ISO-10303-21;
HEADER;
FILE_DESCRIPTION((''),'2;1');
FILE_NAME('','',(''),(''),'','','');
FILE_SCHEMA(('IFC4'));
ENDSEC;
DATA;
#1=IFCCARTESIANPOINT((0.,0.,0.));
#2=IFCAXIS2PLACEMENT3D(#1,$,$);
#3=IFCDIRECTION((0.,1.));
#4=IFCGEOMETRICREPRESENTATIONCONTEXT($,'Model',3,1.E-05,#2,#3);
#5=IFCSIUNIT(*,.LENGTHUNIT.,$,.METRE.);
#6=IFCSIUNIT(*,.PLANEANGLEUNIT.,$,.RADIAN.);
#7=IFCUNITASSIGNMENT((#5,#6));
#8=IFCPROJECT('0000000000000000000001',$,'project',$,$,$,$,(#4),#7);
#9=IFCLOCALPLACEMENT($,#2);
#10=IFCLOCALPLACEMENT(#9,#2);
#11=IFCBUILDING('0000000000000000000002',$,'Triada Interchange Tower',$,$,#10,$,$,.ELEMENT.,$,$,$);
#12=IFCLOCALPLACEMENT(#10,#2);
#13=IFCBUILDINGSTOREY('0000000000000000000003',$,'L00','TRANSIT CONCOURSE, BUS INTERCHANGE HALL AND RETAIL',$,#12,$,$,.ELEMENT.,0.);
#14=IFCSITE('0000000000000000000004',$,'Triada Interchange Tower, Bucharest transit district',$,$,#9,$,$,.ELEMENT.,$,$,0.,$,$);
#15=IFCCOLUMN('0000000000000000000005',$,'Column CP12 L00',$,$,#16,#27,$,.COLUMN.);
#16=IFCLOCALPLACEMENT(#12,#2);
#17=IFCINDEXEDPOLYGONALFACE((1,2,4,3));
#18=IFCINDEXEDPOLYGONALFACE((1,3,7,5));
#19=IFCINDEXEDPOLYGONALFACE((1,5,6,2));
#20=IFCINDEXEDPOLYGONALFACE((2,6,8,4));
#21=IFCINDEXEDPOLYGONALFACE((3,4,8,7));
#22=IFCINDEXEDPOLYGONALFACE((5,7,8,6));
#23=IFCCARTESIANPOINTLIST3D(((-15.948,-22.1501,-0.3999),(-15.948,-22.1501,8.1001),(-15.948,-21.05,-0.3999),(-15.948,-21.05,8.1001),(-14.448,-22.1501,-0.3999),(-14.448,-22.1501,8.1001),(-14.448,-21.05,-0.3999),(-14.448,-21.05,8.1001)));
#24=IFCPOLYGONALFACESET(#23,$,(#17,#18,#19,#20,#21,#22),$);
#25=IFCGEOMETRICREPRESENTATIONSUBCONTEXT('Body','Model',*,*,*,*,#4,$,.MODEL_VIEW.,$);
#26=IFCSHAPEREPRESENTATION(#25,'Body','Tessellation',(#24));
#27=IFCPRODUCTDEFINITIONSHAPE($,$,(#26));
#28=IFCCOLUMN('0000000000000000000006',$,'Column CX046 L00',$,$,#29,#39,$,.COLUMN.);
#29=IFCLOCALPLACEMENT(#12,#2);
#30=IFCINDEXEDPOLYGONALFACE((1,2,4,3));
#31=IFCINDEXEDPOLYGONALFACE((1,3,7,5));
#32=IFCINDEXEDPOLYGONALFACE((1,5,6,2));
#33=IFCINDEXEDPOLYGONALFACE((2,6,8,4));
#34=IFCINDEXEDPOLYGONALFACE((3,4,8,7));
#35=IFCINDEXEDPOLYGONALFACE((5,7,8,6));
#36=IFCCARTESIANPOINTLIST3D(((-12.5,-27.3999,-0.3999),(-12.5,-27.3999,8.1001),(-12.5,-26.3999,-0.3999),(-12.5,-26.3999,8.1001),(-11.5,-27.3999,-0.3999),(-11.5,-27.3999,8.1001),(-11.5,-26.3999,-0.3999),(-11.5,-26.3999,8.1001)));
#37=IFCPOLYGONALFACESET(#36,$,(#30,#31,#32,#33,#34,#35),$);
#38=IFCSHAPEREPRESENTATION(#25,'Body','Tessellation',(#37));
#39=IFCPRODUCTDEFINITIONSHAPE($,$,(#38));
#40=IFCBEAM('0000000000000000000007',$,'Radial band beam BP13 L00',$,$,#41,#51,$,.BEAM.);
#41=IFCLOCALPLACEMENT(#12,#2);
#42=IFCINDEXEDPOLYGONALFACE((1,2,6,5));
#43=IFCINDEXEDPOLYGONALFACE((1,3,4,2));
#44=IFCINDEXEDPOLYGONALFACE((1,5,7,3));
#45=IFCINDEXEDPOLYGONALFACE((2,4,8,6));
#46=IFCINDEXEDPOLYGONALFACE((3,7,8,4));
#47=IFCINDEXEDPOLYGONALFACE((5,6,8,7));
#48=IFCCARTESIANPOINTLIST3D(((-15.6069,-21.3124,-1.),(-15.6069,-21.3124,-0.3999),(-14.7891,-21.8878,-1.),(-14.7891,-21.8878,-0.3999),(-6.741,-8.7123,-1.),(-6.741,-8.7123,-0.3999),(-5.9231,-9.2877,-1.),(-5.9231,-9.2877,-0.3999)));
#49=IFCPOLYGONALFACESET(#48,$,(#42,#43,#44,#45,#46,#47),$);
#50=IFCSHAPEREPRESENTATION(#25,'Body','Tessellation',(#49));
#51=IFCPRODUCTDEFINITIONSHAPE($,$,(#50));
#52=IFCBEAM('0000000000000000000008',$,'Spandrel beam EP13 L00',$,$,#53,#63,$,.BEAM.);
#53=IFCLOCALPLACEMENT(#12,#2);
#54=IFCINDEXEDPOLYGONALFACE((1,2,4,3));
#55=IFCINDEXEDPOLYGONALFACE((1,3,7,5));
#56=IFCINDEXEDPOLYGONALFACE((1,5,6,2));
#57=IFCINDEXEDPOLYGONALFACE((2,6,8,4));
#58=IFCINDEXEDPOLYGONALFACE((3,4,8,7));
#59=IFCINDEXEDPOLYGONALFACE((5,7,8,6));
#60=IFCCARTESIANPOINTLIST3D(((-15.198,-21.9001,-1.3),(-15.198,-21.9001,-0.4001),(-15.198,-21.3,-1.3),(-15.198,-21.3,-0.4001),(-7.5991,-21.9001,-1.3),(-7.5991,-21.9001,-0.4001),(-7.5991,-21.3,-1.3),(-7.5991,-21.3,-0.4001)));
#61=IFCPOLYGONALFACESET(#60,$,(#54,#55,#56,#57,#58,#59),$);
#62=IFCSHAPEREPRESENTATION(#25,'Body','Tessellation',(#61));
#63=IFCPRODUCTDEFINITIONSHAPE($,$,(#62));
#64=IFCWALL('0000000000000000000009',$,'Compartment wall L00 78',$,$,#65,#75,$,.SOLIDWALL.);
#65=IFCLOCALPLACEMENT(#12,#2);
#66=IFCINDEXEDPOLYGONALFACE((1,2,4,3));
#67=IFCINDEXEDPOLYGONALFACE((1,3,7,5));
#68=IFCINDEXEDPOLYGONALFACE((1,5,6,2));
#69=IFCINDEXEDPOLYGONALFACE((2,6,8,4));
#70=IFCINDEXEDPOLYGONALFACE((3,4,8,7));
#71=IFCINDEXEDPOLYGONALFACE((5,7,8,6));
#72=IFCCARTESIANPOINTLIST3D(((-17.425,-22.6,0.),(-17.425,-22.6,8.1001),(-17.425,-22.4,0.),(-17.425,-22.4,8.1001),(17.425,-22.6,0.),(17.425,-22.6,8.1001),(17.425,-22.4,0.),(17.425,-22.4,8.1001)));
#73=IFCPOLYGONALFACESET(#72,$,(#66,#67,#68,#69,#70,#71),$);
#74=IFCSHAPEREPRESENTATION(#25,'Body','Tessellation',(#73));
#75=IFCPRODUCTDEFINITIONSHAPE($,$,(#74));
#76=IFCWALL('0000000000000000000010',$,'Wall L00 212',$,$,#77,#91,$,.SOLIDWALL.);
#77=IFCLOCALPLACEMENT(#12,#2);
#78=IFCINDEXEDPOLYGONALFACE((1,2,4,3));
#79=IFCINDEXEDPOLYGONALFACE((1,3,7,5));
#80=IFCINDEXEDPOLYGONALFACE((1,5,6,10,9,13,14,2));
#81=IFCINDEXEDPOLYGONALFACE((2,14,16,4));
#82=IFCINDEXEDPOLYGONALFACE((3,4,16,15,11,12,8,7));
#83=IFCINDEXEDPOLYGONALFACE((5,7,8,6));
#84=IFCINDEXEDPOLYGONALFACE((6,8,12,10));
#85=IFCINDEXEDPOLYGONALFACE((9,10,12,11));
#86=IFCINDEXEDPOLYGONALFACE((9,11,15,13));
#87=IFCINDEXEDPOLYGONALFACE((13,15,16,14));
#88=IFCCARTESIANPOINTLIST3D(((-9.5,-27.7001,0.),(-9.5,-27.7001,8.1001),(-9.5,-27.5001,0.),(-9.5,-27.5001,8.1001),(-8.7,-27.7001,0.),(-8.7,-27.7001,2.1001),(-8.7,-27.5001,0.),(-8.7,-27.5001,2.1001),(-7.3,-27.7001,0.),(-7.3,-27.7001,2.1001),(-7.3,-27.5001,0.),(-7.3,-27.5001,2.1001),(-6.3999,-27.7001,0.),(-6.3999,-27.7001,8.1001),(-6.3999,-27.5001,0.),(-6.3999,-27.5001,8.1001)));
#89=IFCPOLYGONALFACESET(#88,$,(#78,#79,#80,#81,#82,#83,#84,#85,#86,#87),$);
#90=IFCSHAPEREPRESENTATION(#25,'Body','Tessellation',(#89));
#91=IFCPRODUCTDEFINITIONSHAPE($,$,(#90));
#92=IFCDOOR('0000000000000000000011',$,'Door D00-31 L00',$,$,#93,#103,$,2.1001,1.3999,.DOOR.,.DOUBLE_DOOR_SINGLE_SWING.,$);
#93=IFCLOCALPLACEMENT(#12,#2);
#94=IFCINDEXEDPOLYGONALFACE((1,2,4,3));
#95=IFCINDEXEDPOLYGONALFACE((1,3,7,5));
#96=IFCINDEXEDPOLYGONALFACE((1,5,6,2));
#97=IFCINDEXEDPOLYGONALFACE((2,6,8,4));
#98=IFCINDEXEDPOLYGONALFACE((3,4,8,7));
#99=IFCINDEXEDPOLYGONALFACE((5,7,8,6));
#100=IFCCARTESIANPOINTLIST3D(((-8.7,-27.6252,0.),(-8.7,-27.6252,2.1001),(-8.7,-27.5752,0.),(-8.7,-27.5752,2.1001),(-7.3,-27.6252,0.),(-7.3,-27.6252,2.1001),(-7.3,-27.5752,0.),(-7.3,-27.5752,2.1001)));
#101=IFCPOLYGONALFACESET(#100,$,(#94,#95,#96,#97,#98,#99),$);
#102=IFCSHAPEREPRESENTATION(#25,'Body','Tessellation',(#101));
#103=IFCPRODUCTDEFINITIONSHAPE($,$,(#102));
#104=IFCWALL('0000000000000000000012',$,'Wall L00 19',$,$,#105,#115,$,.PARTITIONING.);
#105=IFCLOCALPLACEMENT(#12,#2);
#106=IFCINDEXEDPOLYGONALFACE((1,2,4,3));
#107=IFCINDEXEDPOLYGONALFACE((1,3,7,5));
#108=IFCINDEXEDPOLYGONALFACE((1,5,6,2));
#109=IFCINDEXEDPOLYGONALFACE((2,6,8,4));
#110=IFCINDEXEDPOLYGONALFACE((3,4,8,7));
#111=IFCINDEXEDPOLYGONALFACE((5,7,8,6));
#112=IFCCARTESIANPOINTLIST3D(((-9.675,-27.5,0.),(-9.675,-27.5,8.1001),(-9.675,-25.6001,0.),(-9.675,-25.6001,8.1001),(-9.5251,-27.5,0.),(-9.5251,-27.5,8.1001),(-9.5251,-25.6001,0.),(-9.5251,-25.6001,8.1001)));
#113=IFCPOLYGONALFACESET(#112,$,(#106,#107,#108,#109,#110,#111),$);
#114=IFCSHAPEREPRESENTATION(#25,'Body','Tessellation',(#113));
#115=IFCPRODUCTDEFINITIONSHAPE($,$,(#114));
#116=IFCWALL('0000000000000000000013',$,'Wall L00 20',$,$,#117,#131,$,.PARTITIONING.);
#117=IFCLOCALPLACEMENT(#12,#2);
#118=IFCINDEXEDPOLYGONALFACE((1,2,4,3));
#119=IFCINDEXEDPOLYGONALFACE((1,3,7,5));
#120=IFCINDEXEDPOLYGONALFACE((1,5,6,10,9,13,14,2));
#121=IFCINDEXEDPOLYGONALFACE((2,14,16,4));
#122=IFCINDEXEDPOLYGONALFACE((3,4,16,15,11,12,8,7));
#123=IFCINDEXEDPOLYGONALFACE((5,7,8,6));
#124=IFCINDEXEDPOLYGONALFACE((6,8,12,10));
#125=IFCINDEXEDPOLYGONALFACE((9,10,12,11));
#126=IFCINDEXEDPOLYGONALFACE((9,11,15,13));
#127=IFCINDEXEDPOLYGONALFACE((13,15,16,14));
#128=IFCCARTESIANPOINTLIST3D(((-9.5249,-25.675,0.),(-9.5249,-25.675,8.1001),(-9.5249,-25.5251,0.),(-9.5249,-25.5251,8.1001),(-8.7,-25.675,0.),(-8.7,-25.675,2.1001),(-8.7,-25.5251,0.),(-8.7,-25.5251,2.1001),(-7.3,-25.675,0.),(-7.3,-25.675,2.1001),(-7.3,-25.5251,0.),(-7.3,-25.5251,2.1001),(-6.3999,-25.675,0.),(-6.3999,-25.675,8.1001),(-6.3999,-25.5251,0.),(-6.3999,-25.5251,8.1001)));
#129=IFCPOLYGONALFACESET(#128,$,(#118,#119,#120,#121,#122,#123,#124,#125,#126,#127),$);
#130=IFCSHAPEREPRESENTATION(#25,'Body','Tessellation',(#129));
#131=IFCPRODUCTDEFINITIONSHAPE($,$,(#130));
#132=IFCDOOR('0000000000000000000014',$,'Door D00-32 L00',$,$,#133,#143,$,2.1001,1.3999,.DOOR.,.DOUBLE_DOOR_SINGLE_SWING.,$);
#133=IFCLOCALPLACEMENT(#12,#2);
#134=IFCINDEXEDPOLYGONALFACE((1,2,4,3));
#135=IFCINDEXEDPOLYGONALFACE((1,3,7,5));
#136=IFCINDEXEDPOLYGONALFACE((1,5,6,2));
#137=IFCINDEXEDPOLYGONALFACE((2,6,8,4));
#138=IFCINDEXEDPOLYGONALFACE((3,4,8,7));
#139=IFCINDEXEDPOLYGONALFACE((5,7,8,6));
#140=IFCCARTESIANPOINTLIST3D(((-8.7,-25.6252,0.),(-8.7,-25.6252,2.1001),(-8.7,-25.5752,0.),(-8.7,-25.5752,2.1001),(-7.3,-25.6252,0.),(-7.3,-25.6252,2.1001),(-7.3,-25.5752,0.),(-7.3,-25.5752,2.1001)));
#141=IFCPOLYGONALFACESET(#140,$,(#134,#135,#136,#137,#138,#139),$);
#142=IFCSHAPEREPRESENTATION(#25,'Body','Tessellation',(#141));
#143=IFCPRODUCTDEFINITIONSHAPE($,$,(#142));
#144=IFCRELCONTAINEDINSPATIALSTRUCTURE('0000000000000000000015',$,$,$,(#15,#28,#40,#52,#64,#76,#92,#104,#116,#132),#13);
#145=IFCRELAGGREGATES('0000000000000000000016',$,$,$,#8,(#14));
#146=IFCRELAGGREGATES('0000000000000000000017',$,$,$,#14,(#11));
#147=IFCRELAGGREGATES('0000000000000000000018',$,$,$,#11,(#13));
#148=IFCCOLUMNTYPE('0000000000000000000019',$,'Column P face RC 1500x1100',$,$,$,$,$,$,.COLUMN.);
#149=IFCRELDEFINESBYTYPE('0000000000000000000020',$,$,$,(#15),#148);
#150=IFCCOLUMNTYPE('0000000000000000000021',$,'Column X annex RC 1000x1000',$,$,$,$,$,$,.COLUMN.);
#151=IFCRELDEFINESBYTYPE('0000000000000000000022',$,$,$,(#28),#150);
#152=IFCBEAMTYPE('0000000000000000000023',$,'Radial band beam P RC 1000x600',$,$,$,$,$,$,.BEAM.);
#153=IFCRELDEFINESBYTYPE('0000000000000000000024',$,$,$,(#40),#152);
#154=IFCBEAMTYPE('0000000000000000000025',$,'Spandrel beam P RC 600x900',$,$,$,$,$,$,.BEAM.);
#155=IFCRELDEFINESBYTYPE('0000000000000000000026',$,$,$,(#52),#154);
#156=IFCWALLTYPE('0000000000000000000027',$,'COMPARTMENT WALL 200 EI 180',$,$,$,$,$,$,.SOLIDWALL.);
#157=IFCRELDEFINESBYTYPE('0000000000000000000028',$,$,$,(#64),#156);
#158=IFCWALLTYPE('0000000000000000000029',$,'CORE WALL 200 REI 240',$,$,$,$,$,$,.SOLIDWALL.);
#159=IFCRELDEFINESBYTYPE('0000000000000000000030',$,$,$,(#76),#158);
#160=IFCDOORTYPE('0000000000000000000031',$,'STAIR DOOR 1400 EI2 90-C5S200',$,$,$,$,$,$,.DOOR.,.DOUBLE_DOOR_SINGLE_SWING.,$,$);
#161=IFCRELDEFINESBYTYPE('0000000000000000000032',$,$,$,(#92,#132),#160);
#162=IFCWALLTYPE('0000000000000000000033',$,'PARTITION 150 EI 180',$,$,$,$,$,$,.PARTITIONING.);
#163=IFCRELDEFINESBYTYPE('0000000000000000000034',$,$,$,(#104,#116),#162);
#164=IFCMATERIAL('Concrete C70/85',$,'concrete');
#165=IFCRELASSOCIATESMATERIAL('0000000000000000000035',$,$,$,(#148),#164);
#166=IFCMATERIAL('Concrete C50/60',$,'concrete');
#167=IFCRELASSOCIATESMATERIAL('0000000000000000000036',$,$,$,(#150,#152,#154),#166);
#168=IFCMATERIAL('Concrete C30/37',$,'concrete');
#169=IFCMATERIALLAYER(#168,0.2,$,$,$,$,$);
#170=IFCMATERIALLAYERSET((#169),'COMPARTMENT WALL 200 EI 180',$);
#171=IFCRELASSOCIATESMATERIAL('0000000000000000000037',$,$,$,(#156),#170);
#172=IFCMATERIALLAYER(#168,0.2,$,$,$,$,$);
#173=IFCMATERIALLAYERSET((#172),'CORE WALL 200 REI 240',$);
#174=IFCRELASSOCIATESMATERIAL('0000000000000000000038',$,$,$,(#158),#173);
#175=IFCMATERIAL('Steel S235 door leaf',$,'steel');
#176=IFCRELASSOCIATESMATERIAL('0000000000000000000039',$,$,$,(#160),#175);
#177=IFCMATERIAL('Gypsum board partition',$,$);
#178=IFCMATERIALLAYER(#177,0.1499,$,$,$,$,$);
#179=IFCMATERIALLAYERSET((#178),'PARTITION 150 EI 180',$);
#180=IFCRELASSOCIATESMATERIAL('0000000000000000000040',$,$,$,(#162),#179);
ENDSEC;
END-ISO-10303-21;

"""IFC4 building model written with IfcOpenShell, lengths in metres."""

from ifc_helpers import new_model, si_unit, direction, frame, frame_2d, origin, origin_2d, place, context, subcontext, project, spatial, rectangle, extrude, material, layer, layer_set, material_profile, profile_set, type_object, element, fill, save


model = new_model("IFC4")

# Units and contexts
model_context = context("Model", 3, precision=1e-05, world=origin(), true_north=direction((0.0, 1.0)))
body_context = subcontext(model_context, "Body", "Model", "MODEL_VIEW")
ifc_project = project(units=[si_unit("LENGTHUNIT", "METRE"), si_unit("PLANEANGLEUNIT", "RADIAN")], contexts=[model_context])

# Site, building, storey
site_placement = place(None, origin())
site = spatial("IfcSite", under=ifc_project, at=site_placement, Name="Triada Interchange Tower, Bucharest transit district", CompositionType="ELEMENT", RefElevation=0.0)
building_placement = place(site_placement, origin())
building = spatial("IfcBuilding", under=site, at=building_placement, Name="Triada Interchange Tower", CompositionType="ELEMENT")
storey_placement = place(building_placement, origin())
storey = spatial("IfcBuildingStorey", under=building, at=storey_placement, Name="L00", Description="TRANSIT CONCOURSE, BUS INTERCHANGE HALL AND RETAIL", CompositionType="ELEMENT", Elevation=0.0)

# Columns
ifc_material_1 = material(Name="Concrete C70/85", Category="concrete")
ifc_material_profile_1 = material_profile(ifc_material_1, rectangle(XDim=1.5, YDim=1.1001, at=origin_2d()), Name="RC 1500x1100")
ifc_profile_set_1 = profile_set([ifc_material_profile_1], Name="Concrete C70/85")
column_type_1 = type_object("IfcColumnType", Name="Column P face RC 1500x1100", PredefinedType="COLUMN", material=ifc_profile_set_1)
column_1_placement = place(storey_placement, frame((-15.198, -21.6001, -0.3999), z_axis=(0.0, 0.0, 1.0), x_axis=(1.0, 0.0, 0.0)))
element("IfcColumn", 1, at=column_1_placement, inside=storey, type_object=column_type_1, Name="Column CP12 L00", PredefinedType="COLUMN", context=body_context, shape_type="SweptSolid", body=[
    extrude(rectangle(XDim=1.5, YDim=1.1001, at=origin_2d()), origin(), (0.0, 0.0, 1.0), 8.5),
])
ifc_material_2 = material(Name="Concrete C50/60", Category="concrete")
ifc_material_profile_2 = material_profile(ifc_material_2, rectangle(XDim=1.0, YDim=1.0, at=origin_2d()), Name="RC 1000x1000")
ifc_profile_set_2 = profile_set([ifc_material_profile_2], Name="Concrete C50/60")
column_type_2 = type_object("IfcColumnType", Name="Column X annex RC 1000x1000", PredefinedType="COLUMN", material=ifc_profile_set_2)
column_2_placement = place(storey_placement, frame((-12.0, -26.8999, -0.3999), z_axis=(0.0, 0.0, 1.0), x_axis=(1.0, 0.0, 0.0)))
element("IfcColumn", 2, at=column_2_placement, inside=storey, type_object=column_type_2, Name="Column CX046 L00", PredefinedType="COLUMN", context=body_context, shape_type="SweptSolid", body=[
    extrude(rectangle(XDim=1.0, YDim=1.0, at=origin_2d()), origin(), (0.0, 0.0, 1.0), 8.5),
])

# Beams
ifc_material_profile_3 = material_profile(ifc_material_2, rectangle(XDim=1.0, YDim=0.6001, at=origin_2d()), Name="RC 1000x600")
ifc_profile_set_3 = profile_set([ifc_material_profile_3], Name="Concrete C50/60")
beam_type_1 = type_object("IfcBeamType", Name="Radial band beam P RC 1000x600", PredefinedType="BEAM", material=ifc_profile_set_3)
beam_1_placement = place(storey_placement, frame((-15.198, -21.6001, -0.7), z_axis=(0.57546, 0.81783, 0.0), x_axis=(-0.81783, 0.57546, 0.0)))
element("IfcBeam", 3, at=beam_1_placement, inside=storey, type_object=beam_type_1, Name="Radial band beam BP13 L00", PredefinedType="BEAM", context=body_context, shape_type="SweptSolid", body=[
    extrude(rectangle(XDim=1.0, YDim=0.6001, at=origin_2d()), origin(), (0.0, 0.0, 1.0), 15.4067),
])
ifc_material_profile_4 = material_profile(ifc_material_2, rectangle(XDim=0.6001, YDim=0.8999, at=origin_2d()), Name="RC 600x900")
ifc_profile_set_4 = profile_set([ifc_material_profile_4], Name="Concrete C50/60")
beam_type_2 = type_object("IfcBeamType", Name="Spandrel beam P RC 600x900", PredefinedType="BEAM", material=ifc_profile_set_4)
beam_2_placement = place(storey_placement, frame((-15.198, -21.6001, -0.8501), z_axis=(1.0, 0.0, 0.0), x_axis=(0.0, 1.0, 0.0)))
element("IfcBeam", 4, at=beam_2_placement, inside=storey, type_object=beam_type_2, Name="Spandrel beam EP13 L00", PredefinedType="BEAM", context=body_context, shape_type="SweptSolid", body=[
    extrude(rectangle(XDim=0.6001, YDim=0.8999, at=origin_2d()), origin(), (0.0, 0.0, 1.0), 7.5989),
])

# Wall
ifc_material_3 = material(Name="Concrete C30/37", Category="concrete")
ifc_layer_1 = layer(ifc_material_3, 0.2)
ifc_layer_set_1 = layer_set([ifc_layer_1], Name="COMPARTMENT WALL 200 EI 180")
wall_type_1 = type_object("IfcWallType", Name="COMPARTMENT WALL 200 EI 180", PredefinedType="SOLIDWALL", material=ifc_layer_set_1)
wall_1_placement = place(storey_placement, frame((-17.425, -22.5, 0.0), z_axis=(0.0, 0.0, 1.0), x_axis=(1.0, 0.0, 0.0)))
element("IfcWall", 5, at=wall_1_placement, inside=storey, type_object=wall_type_1, Name="Compartment wall L00 78", PredefinedType="SOLIDWALL", context=body_context, shape_type="SweptSolid", body=[
    extrude(rectangle(XDim=34.8501, YDim=0.2, at=frame_2d((17.425, 0.0))), origin(), (0.0, 0.0, 1.0), 8.1001),
])

# Wall, opening, door
ifc_layer_2 = layer(ifc_material_3, 0.2)
ifc_layer_set_2 = layer_set([ifc_layer_2], Name="CORE WALL 200 REI 240")
wall_type_2 = type_object("IfcWallType", Name="CORE WALL 200 REI 240", PredefinedType="SOLIDWALL", material=ifc_layer_set_2)
wall_2_placement = place(storey_placement, frame((-9.5, -27.6001, 0.0), z_axis=(0.0, 0.0, 1.0), x_axis=(1.0, 0.0, 0.0)))
wall_2 = element("IfcWall", 6, at=wall_2_placement, inside=storey, type_object=wall_type_2, Name="Wall L00 212", PredefinedType="SOLIDWALL", context=body_context, shape_type="SweptSolid", body=[
    extrude(rectangle(XDim=3.1001, YDim=0.2, at=frame_2d((1.55, 0.0))), origin(), (0.0, 0.0, 1.0), 8.1001),
])
opening_1_placement = place(wall_2_placement, frame((0.8, 0.0, 0.0)))
opening_1 = element("IfcOpeningElement", 7, at=opening_1_placement, cuts=wall_2, PredefinedType="OPENING", context=body_context, shape_type="SweptSolid", body=[
    extrude(rectangle(XDim=1.3999, YDim=2.1001, at=frame_2d((0.7, 1.05))), frame((0.0, 0.1099, 0.0), z_axis=(0.0, -1.0, 0.0), x_axis=(1.0, 0.0, 0.0)), (0.0, 0.0, 1.0), 0.22),
])
ifc_material_4 = material(Name="Steel S235 door leaf", Category="steel")
door_type_1 = type_object("IfcDoorType", Name="STAIR DOOR 1400 EI2 90-C5S200", OperationType="DOUBLE_DOOR_SINGLE_SWING", PredefinedType="DOOR", material=ifc_material_4)
door_1_placement = place(opening_1_placement, origin())
door_1 = element("IfcDoor", 8, at=door_1_placement, inside=storey, type_object=door_type_1, Name="Door D00-31 L00", OperationType="DOUBLE_DOOR_SINGLE_SWING", OverallHeight=2.1001, OverallWidth=1.3999, PredefinedType="DOOR", context=body_context, shape_type="SweptSolid", body=[
    extrude(rectangle(XDim=1.3999, YDim=2.1001, at=frame_2d((0.7, 1.05))), frame((0.0, 0.0249, 0.0), z_axis=(0.0, -1.0, 0.0), x_axis=(1.0, 0.0, 0.0)), (0.0, 0.0, 1.0), 0.05),
])
fill(opening_1, door_1)

# Wall
ifc_material_5 = material(Name="Gypsum board partition")
ifc_layer_3 = layer(ifc_material_5, 0.1499)
ifc_layer_set_3 = layer_set([ifc_layer_3], Name="PARTITION 150 EI 180")
wall_type_3 = type_object("IfcWallType", Name="PARTITION 150 EI 180", PredefinedType="PARTITIONING", material=ifc_layer_set_3)
wall_3_placement = place(storey_placement, frame((-9.6001, -27.5, 0.0), z_axis=(0.0, 0.0, 1.0), x_axis=(0.0, 1.0, 0.0)))
element("IfcWall", 9, at=wall_3_placement, inside=storey, type_object=wall_type_3, Name="Wall L00 19", PredefinedType="PARTITIONING", context=body_context, shape_type="SweptSolid", body=[
    extrude(rectangle(XDim=1.8999, YDim=0.1499, at=frame_2d((0.95, 0.0))), origin(), (0.0, 0.0, 1.0), 8.1001),
])

# Wall, opening, door
wall_4_placement = place(storey_placement, frame((-9.5249, -25.6001, 0.0), z_axis=(0.0, 0.0, 1.0), x_axis=(1.0, 0.0, 0.0)))
wall_4 = element("IfcWall", 10, at=wall_4_placement, inside=storey, type_object=wall_type_3, Name="Wall L00 20", PredefinedType="PARTITIONING", context=body_context, shape_type="SweptSolid", body=[
    extrude(rectangle(XDim=3.125, YDim=0.1499, at=frame_2d((1.5625, 0.0))), origin(), (0.0, 0.0, 1.0), 8.1001),
])
opening_2_placement = place(wall_4_placement, frame((0.825, 0.0, 0.0)))
opening_2 = element("IfcOpeningElement", 11, at=opening_2_placement, cuts=wall_4, PredefinedType="OPENING", context=body_context, shape_type="SweptSolid", body=[
    extrude(rectangle(XDim=1.3999, YDim=2.1001, at=frame_2d((0.7, 1.05))), frame((0.0, 0.085, 0.0), z_axis=(0.0, -1.0, 0.0), x_axis=(1.0, 0.0, 0.0)), (0.0, 0.0, 1.0), 0.1699),
])
door_2_placement = place(opening_2_placement, origin())
door_2 = element("IfcDoor", 12, at=door_2_placement, inside=storey, type_object=door_type_1, Name="Door D00-32 L00", OperationType="DOUBLE_DOOR_SINGLE_SWING", OverallHeight=2.1001, OverallWidth=1.3999, PredefinedType="DOOR", context=body_context, shape_type="SweptSolid", body=[
    extrude(rectangle(XDim=1.3999, YDim=2.1001, at=frame_2d((0.7, 1.05))), frame((0.0, 0.0249, 0.0), z_axis=(0.0, -1.0, 0.0), x_axis=(1.0, 0.0, 0.0)), (0.0, 0.0, 1.0), 0.05),
])
fill(opening_2, door_2)

save(model, "model.ifc")
